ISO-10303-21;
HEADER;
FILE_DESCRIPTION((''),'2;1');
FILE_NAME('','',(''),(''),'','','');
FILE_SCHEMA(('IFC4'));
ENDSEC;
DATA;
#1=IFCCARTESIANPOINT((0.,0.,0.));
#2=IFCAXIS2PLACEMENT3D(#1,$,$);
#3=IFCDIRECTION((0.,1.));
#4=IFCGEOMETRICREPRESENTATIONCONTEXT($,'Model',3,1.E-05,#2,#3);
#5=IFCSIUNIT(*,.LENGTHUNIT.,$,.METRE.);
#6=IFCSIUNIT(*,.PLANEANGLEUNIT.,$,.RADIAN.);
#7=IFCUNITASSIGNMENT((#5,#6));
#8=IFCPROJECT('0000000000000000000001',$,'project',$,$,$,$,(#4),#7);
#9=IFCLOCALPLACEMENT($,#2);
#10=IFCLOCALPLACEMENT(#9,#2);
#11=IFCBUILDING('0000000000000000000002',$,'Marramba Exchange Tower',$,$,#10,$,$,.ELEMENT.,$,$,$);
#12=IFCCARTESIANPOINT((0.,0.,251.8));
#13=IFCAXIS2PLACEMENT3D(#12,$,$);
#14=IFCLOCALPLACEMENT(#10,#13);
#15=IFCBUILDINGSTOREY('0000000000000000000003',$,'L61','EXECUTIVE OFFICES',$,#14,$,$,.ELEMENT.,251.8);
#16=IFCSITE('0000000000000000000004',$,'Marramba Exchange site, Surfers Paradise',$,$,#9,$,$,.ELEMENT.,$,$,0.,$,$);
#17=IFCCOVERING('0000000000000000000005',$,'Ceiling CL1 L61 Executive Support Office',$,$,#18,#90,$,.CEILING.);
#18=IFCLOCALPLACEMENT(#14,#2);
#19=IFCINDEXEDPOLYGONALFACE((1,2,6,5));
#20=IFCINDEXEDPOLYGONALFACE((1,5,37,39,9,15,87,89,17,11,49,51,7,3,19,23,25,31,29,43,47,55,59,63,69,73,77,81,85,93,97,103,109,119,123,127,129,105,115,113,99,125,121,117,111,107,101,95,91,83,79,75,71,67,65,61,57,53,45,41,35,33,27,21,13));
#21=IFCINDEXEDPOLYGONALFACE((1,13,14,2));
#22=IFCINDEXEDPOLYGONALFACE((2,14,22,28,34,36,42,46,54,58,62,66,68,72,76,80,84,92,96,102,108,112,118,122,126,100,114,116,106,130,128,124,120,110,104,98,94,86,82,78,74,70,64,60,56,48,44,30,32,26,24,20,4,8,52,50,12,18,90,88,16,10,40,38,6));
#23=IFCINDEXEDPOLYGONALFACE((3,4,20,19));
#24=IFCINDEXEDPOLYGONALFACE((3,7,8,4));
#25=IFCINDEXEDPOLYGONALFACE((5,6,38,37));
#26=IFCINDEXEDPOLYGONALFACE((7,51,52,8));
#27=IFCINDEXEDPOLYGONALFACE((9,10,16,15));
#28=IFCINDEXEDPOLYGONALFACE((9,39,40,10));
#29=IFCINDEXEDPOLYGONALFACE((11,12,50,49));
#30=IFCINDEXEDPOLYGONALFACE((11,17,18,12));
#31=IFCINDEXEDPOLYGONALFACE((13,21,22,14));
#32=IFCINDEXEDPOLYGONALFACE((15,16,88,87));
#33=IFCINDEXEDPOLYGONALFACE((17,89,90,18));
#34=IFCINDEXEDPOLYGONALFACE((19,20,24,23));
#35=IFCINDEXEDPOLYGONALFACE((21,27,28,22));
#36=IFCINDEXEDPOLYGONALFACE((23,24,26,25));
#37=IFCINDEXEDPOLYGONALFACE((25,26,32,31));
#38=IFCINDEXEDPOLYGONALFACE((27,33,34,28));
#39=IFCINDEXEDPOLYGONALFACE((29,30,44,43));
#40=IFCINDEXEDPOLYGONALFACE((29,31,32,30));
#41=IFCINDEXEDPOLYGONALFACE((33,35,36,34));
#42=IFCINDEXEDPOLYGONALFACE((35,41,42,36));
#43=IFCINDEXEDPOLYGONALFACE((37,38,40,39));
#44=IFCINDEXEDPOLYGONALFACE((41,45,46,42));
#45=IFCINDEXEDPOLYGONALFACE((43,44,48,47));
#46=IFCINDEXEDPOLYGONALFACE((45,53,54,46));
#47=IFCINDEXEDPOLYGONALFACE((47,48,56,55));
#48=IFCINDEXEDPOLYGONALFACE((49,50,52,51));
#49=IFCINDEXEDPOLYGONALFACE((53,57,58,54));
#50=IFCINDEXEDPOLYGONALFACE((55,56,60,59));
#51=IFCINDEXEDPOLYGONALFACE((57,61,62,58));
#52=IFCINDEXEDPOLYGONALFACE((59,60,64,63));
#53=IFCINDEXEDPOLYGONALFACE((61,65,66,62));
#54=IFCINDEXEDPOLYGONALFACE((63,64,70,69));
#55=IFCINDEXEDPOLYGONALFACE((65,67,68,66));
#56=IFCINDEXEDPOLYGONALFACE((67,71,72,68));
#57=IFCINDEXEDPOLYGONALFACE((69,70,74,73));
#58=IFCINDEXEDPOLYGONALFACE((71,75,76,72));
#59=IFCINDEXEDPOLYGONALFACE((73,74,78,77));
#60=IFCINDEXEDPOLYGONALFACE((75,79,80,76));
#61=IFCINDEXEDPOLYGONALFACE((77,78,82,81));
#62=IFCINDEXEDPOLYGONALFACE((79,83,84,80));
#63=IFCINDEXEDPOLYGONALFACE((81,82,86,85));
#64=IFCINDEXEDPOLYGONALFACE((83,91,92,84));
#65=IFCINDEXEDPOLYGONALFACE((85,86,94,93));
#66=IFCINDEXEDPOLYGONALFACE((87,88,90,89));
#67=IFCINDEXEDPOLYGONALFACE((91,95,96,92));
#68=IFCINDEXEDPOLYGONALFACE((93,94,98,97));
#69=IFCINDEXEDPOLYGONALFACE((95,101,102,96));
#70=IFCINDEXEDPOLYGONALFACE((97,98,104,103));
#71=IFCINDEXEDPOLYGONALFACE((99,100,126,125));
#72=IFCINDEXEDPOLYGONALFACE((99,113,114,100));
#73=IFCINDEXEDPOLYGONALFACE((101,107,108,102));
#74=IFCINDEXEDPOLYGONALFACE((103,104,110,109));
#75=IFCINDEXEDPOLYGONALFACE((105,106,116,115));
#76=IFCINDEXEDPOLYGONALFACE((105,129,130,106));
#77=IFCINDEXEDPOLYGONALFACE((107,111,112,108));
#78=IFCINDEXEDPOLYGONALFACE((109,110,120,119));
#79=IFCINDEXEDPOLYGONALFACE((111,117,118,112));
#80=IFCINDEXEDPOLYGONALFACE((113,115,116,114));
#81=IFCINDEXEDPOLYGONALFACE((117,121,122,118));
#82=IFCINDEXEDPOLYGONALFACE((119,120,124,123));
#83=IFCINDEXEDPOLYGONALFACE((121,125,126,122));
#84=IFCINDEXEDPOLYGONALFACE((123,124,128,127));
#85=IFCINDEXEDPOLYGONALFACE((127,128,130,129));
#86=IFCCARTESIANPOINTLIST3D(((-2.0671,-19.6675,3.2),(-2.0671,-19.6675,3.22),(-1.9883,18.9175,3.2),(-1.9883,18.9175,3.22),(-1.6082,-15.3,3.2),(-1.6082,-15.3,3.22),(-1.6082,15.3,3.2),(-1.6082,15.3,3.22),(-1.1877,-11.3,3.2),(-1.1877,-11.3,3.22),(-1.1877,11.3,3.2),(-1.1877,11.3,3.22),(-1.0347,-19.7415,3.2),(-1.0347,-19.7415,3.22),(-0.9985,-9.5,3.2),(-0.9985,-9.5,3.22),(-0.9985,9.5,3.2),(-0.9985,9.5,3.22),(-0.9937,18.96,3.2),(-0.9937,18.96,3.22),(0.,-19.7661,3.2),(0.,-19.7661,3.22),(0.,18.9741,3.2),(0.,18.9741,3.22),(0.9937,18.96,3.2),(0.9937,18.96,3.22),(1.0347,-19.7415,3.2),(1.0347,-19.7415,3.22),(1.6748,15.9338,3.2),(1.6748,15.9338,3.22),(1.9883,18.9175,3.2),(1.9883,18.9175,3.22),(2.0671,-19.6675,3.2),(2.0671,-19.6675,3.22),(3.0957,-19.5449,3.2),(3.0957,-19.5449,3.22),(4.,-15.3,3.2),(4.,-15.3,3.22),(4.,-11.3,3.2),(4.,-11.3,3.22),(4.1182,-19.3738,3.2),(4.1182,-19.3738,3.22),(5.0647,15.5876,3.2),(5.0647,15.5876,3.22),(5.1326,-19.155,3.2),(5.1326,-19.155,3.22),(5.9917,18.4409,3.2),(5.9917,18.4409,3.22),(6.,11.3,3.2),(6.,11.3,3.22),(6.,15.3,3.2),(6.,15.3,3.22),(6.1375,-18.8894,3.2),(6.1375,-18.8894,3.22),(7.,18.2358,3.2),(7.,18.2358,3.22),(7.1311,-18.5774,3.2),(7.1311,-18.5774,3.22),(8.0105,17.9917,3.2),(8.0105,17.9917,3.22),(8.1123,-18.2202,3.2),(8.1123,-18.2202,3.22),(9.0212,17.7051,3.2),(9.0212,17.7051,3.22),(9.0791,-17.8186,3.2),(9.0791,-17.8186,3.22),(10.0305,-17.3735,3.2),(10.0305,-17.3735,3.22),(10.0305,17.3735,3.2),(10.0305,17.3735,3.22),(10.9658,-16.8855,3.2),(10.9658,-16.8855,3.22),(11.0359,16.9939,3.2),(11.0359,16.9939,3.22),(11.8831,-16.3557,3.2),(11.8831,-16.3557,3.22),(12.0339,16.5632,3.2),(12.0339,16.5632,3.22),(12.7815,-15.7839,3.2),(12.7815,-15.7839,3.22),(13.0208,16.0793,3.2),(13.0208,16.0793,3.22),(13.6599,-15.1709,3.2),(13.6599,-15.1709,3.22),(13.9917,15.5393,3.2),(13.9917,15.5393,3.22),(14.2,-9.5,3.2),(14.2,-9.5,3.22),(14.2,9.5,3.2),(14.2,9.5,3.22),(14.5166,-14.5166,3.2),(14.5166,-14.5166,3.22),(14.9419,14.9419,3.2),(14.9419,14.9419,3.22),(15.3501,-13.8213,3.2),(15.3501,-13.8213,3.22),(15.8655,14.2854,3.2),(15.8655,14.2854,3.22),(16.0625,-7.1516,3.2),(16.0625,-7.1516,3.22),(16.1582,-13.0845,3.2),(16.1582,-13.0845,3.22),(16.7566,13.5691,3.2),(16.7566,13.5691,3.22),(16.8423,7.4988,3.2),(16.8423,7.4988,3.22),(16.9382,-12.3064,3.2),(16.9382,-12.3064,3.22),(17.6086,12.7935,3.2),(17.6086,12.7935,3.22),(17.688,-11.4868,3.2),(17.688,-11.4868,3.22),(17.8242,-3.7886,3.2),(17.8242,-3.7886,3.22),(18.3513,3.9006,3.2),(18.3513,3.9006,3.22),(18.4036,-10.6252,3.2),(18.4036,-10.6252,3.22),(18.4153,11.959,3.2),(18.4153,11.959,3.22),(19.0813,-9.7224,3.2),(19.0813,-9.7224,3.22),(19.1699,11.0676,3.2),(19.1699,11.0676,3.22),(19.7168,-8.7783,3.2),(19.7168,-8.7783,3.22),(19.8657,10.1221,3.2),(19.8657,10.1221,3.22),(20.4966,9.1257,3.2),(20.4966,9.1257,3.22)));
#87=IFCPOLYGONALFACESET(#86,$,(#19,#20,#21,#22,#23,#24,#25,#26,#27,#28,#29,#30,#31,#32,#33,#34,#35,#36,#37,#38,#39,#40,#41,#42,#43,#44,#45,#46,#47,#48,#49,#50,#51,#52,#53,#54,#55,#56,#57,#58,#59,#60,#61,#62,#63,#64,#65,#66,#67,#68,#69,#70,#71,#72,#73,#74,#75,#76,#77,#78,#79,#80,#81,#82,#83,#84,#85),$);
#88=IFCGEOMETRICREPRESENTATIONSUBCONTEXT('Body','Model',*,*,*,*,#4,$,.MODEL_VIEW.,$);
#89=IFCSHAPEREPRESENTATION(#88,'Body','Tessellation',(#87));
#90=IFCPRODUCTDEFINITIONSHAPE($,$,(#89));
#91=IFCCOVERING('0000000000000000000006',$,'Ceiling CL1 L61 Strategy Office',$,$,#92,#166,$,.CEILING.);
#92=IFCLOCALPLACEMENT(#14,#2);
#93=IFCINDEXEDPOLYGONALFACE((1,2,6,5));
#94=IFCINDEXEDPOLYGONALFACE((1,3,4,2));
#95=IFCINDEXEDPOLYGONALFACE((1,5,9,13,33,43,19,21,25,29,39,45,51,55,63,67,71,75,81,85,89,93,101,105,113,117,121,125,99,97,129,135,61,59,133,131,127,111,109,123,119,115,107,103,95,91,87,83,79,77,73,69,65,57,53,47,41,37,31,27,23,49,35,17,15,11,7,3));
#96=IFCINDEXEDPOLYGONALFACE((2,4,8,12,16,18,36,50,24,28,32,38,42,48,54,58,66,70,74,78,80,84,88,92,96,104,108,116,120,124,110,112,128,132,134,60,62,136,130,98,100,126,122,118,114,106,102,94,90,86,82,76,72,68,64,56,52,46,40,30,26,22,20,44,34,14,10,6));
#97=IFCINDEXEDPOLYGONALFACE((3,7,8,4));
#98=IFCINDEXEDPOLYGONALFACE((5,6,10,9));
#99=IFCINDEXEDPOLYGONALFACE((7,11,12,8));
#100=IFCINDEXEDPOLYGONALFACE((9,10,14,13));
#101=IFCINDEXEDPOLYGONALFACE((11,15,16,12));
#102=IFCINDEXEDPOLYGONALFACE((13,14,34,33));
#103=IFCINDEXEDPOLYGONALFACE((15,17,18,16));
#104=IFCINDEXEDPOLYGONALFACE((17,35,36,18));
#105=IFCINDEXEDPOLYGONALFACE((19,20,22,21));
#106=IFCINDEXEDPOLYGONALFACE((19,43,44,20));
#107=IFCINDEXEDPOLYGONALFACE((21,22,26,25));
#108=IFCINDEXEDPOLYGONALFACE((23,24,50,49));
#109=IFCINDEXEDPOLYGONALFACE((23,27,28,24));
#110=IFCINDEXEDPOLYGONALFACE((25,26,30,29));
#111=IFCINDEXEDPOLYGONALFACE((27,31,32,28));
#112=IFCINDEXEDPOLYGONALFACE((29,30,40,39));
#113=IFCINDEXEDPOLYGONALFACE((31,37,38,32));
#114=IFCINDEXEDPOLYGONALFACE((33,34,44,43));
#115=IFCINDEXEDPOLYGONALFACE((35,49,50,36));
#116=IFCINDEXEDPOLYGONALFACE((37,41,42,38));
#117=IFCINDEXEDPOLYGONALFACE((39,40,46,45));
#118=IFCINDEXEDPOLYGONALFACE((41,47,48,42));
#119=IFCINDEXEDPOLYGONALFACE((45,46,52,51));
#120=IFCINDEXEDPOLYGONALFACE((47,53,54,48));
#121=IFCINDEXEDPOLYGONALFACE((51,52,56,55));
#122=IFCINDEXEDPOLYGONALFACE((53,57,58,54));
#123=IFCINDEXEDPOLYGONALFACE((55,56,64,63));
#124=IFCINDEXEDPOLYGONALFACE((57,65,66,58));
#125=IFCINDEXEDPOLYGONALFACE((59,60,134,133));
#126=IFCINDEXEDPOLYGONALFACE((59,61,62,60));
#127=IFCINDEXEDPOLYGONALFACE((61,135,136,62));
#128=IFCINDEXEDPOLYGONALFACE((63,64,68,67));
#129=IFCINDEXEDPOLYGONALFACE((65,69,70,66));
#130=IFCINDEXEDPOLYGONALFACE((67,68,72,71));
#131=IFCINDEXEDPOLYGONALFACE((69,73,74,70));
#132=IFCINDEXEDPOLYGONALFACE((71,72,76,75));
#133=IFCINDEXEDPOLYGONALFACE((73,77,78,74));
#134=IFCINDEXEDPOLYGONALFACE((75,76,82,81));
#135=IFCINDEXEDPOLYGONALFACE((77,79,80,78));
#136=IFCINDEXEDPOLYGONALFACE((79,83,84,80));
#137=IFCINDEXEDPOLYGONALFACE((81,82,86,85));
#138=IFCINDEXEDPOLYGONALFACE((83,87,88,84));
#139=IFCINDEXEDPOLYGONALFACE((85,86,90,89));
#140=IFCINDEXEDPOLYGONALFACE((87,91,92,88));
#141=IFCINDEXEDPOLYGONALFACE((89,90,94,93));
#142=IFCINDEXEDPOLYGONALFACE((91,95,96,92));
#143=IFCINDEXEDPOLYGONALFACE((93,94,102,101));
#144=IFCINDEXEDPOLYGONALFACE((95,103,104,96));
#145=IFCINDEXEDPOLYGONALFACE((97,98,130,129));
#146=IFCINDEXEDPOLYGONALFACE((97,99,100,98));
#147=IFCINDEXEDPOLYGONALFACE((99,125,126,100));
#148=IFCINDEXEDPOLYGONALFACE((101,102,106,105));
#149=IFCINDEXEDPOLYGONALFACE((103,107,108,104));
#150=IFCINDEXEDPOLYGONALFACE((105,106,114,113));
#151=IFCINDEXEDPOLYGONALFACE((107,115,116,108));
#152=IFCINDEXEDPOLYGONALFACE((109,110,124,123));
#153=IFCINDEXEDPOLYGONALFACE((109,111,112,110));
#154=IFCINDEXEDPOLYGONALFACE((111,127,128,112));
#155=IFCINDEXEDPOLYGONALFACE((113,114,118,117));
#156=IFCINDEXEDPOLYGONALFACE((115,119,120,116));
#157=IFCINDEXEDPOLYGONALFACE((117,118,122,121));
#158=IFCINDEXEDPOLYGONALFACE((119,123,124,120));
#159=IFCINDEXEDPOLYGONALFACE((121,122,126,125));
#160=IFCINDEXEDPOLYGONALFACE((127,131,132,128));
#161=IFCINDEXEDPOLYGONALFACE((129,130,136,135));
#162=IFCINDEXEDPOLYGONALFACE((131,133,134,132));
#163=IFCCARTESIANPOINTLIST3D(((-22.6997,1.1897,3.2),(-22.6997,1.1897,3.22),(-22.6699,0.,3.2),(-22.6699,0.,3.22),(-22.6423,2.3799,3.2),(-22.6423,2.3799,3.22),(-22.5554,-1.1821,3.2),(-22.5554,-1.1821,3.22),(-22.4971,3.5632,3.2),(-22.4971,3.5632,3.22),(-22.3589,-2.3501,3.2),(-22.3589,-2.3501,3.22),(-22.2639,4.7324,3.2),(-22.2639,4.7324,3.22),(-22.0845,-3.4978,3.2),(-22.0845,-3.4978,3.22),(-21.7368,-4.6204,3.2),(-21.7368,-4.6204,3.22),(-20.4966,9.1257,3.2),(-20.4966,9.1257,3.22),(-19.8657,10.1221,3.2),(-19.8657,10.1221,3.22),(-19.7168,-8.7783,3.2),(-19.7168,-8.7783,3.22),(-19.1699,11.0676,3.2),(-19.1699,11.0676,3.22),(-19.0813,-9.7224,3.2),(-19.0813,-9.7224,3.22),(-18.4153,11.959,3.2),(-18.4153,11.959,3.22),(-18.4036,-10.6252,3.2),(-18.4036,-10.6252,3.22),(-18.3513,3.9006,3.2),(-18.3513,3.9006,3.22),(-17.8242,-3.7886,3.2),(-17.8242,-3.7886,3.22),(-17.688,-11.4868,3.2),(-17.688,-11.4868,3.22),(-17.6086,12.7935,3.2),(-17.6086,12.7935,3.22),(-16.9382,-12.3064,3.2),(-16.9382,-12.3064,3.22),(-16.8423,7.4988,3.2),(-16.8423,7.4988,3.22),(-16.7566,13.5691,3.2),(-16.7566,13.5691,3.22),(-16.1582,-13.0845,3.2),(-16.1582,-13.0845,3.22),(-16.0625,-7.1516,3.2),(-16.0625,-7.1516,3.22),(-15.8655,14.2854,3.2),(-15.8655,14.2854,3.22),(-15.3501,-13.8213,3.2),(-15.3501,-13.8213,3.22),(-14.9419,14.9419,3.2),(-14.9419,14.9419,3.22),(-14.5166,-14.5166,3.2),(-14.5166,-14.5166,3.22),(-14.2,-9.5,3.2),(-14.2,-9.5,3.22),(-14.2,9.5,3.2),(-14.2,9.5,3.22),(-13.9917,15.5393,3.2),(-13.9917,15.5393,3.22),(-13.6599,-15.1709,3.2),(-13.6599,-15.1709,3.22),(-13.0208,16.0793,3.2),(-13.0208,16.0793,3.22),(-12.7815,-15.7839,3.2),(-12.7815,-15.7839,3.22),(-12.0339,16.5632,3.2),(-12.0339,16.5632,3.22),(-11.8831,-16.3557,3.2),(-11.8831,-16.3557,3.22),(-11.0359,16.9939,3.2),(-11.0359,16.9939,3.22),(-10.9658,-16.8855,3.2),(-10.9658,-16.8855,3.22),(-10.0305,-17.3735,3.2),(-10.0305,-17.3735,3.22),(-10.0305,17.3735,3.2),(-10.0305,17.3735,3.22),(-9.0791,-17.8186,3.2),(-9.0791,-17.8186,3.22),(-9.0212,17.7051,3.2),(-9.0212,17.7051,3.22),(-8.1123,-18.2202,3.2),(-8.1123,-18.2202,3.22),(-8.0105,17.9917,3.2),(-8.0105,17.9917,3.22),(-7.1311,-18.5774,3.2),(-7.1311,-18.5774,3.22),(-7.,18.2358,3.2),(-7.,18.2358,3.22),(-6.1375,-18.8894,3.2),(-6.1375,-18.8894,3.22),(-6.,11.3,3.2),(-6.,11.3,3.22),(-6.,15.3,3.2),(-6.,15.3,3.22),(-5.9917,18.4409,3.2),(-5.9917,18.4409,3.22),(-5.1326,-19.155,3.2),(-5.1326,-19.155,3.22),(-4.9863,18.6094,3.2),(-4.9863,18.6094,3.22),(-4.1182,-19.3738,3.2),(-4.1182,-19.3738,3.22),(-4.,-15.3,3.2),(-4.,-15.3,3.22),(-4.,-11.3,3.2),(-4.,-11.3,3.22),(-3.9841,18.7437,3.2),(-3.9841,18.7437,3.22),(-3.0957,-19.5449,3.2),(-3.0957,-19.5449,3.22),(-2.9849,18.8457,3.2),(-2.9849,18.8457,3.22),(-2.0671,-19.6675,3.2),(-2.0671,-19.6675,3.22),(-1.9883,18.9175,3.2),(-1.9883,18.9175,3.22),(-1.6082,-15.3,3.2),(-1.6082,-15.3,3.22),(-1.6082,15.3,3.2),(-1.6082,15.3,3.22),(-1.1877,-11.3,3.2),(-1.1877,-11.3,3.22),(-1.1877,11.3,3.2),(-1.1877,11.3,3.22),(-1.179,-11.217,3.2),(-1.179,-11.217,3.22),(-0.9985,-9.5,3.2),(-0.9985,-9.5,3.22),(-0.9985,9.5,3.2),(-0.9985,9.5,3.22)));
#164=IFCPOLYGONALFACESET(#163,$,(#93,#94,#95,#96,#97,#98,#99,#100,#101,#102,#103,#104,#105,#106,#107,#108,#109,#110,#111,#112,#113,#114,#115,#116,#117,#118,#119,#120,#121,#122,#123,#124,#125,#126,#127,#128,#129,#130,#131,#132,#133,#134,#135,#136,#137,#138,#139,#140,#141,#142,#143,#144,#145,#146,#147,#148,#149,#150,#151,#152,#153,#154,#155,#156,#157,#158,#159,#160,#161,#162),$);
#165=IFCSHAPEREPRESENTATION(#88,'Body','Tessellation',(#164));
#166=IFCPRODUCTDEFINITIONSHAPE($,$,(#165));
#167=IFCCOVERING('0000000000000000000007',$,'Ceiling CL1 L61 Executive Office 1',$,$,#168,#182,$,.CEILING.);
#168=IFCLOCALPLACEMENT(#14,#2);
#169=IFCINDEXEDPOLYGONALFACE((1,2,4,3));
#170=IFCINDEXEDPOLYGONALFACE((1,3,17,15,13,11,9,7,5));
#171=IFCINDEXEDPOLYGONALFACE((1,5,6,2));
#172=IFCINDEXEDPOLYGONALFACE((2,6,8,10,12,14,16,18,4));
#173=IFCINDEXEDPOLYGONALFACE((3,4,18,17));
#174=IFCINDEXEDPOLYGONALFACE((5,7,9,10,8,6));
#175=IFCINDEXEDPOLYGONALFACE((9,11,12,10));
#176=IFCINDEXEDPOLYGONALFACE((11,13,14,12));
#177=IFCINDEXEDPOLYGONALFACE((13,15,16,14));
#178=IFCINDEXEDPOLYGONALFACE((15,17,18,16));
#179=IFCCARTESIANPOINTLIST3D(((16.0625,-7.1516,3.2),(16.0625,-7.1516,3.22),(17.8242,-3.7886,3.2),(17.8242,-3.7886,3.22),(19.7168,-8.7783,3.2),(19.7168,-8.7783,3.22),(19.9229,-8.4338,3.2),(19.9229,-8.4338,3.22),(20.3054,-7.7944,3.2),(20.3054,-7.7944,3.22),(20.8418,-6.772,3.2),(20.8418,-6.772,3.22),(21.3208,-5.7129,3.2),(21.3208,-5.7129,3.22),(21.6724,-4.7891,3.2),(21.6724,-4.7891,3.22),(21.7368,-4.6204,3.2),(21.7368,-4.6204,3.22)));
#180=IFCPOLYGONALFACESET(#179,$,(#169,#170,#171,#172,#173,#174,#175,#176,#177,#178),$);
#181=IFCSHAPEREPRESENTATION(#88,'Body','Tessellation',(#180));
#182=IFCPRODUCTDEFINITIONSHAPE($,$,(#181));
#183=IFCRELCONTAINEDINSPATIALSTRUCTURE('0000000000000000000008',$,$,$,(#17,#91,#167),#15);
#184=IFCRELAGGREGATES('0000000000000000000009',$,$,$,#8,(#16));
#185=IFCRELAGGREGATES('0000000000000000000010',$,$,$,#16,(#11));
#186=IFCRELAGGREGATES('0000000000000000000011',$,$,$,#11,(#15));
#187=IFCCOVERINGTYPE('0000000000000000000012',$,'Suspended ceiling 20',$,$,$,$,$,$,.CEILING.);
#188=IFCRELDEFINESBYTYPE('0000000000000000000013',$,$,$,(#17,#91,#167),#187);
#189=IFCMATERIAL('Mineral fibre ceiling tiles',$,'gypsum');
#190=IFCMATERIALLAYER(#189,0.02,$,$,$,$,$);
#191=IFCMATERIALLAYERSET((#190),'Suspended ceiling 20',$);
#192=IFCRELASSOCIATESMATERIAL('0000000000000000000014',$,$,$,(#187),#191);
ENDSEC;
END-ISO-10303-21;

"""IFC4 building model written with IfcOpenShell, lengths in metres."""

from ifc_helpers import new_model, si_unit, direction, frame, origin, place, context, subcontext, project, spatial, polyline, outline, extrude, material, layer, layer_set, type_object, element, save


model = new_model("IFC4")

# Units and contexts
model_context = context("Model", 3, precision=1e-05, world=origin(), true_north=direction((0.0, 1.0)))
body_context = subcontext(model_context, "Body", "Model", "MODEL_VIEW")
ifc_project = project(units=[si_unit("LENGTHUNIT", "METRE"), si_unit("PLANEANGLEUNIT", "RADIAN")], contexts=[model_context])

# Site, building, storey
site_placement = place(None, origin())
site = spatial("IfcSite", under=ifc_project, at=site_placement, Name="Marramba Exchange site, Surfers Paradise", CompositionType="ELEMENT", RefElevation=0.0)
building_placement = place(site_placement, origin())
building = spatial("IfcBuilding", under=site, at=building_placement, Name="Marramba Exchange Tower", CompositionType="ELEMENT")
storey_placement = place(building_placement, frame((0.0, 0.0, 251.8)))
storey = spatial("IfcBuildingStorey", under=building, at=storey_placement, Name="L61", Description="EXECUTIVE OFFICES", CompositionType="ELEMENT", Elevation=251.8)

# Coverings
ifc_material_1 = material(Name="Mineral fibre ceiling tiles", Category="gypsum")
ifc_layer_1 = layer(ifc_material_1, 0.02)
ifc_layer_set_1 = layer_set([ifc_layer_1], Name="Suspended ceiling 20")
covering_type = type_object("IfcCoveringType", Name="Suspended ceiling 20", PredefinedType="CEILING", material=ifc_layer_set_1)
covering_1_placement = place(storey_placement, frame((0.0, 0.0, 3.2)))
element("IfcCovering", 1, at=covering_1_placement, inside=storey, type_object=covering_type, Name="Ceiling CL1 L61 Executive Support Office", PredefinedType="CEILING", context=body_context, shape_type="SweptSolid", body=[
    extrude(outline(polyline([(14.2, 9.5), (-0.9985, 9.5), (-1.1877, 11.3), (6.0, 11.3), (6.0, 15.3), (-1.6082, 15.3), (-1.9883, 18.9175), (-0.9937, 18.96), (0.0, 18.9741), (0.9937, 18.96), (1.9883, 18.9175), (1.6748, 15.9338), (5.0647, 15.5876), (5.9917, 18.4409), (7.0, 18.2358), (8.0105, 17.9917), (9.0212, 17.7051), (10.0305, 17.3735), (11.0359, 16.9939), (12.0339, 16.5632), (13.0208, 16.0793), (13.9917, 15.5393), (14.9419, 14.9419), (15.8655, 14.2854), (16.7566, 13.5691), (17.6086, 12.7935), (18.4153, 11.959), (19.1699, 11.0676), (19.8657, 10.1221), (20.4966, 9.1257), (16.8423, 7.4988), (18.3513, 3.9006), (17.8242, -3.7886), (16.0625, -7.1516), (19.7168, -8.7783), (19.0813, -9.7224), (18.4036, -10.6252), (17.688, -11.4868), (16.9382, -12.3064), (16.1582, -13.0845), (15.3501, -13.8213), (14.5166, -14.5166), (13.6599, -15.1709), (12.7815, -15.7839), (11.8831, -16.3557), (10.9658, -16.8855), (10.0305, -17.3735), (9.0791, -17.8186), (8.1123, -18.2202), (7.1311, -18.5774), (6.1375, -18.8894), (5.1326, -19.155), (4.1182, -19.3738), (3.0957, -19.5449), (2.0671, -19.6675), (1.0347, -19.7415), (0.0, -19.7661), (-1.0347, -19.7415), (-2.0671, -19.6675), (-1.6082, -15.3), (4.0, -15.3), (4.0, -11.3), (-1.1877, -11.3), (-0.9985, -9.5), (14.2, -9.5), (14.2, 9.5)])), origin(), (0.0, 0.0, 1.0), 0.02),
])
covering_2_placement = place(storey_placement, frame((0.0, 0.0, 3.2)))
element("IfcCovering", 2, at=covering_2_placement, inside=storey, type_object=covering_type, Name="Ceiling CL1 L61 Strategy Office", PredefinedType="CEILING", context=body_context, shape_type="SweptSolid", body=[
    extrude(outline(polyline([(-4.1182, -19.3738), (-5.1326, -19.155), (-6.1375, -18.8894), (-7.1311, -18.5774), (-8.1123, -18.2202), (-9.0791, -17.8186), (-10.0305, -17.3735), (-10.9658, -16.8855), (-11.8831, -16.3557), (-12.7815, -15.7839), (-13.6599, -15.1709), (-14.5166, -14.5166), (-15.3501, -13.8213), (-16.1582, -13.0845), (-16.9382, -12.3064), (-17.688, -11.4868), (-18.4036, -10.6252), (-19.0813, -9.7224), (-19.7168, -8.7783), (-16.0625, -7.1516), (-17.8242, -3.7886), (-21.7368, -4.6204), (-22.0845, -3.4978), (-22.3589, -2.3501), (-22.5554, -1.1821), (-22.6699, 0.0), (-22.6997, 1.1897), (-22.6423, 2.3799), (-22.4971, 3.5632), (-22.2639, 4.7324), (-18.3513, 3.9006), (-16.8423, 7.4988), (-20.4966, 9.1257), (-19.8657, 10.1221), (-19.1699, 11.0676), (-18.4153, 11.959), (-17.6086, 12.7935), (-16.7566, 13.5691), (-15.8655, 14.2854), (-14.9419, 14.9419), (-13.9917, 15.5393), (-13.0208, 16.0793), (-12.0339, 16.5632), (-11.0359, 16.9939), (-10.0305, 17.3735), (-9.0212, 17.7051), (-8.0105, 17.9917), (-7.0, 18.2358), (-5.9917, 18.4409), (-4.9863, 18.6094), (-3.9841, 18.7437), (-2.9849, 18.8457), (-1.9883, 18.9175), (-1.6082, 15.3), (-6.0, 15.3), (-6.0, 11.3), (-1.1877, 11.3), (-0.9985, 9.5), (-14.2, 9.5), (-14.2, -9.5), (-0.9985, -9.5), (-1.179, -11.217), (-1.1877, -11.3), (-4.0, -11.3), (-4.0, -15.3), (-1.6082, -15.3), (-2.0671, -19.6675), (-3.0957, -19.5449), (-4.1182, -19.3738)])), origin(), (0.0, 0.0, 1.0), 0.02),
])
covering_3_placement = place(storey_placement, frame((0.0, 0.0, 3.2)))
element("IfcCovering", 3, at=covering_3_placement, inside=storey, type_object=covering_type, Name="Ceiling CL1 L61 Executive Office 1", PredefinedType="CEILING", context=body_context, shape_type="SweptSolid", body=[
    extrude(outline(polyline([(21.6724, -4.7891), (21.3208, -5.7129), (20.8418, -6.772), (20.3054, -7.7944), (19.9229, -8.4338), (19.7168, -8.7783), (16.0625, -7.1516), (17.8242, -3.7886), (21.7368, -4.6204), (21.6724, -4.7891)])), origin(), (0.0, 0.0, 1.0), 0.02),
])

save(model, "model.ifc")
